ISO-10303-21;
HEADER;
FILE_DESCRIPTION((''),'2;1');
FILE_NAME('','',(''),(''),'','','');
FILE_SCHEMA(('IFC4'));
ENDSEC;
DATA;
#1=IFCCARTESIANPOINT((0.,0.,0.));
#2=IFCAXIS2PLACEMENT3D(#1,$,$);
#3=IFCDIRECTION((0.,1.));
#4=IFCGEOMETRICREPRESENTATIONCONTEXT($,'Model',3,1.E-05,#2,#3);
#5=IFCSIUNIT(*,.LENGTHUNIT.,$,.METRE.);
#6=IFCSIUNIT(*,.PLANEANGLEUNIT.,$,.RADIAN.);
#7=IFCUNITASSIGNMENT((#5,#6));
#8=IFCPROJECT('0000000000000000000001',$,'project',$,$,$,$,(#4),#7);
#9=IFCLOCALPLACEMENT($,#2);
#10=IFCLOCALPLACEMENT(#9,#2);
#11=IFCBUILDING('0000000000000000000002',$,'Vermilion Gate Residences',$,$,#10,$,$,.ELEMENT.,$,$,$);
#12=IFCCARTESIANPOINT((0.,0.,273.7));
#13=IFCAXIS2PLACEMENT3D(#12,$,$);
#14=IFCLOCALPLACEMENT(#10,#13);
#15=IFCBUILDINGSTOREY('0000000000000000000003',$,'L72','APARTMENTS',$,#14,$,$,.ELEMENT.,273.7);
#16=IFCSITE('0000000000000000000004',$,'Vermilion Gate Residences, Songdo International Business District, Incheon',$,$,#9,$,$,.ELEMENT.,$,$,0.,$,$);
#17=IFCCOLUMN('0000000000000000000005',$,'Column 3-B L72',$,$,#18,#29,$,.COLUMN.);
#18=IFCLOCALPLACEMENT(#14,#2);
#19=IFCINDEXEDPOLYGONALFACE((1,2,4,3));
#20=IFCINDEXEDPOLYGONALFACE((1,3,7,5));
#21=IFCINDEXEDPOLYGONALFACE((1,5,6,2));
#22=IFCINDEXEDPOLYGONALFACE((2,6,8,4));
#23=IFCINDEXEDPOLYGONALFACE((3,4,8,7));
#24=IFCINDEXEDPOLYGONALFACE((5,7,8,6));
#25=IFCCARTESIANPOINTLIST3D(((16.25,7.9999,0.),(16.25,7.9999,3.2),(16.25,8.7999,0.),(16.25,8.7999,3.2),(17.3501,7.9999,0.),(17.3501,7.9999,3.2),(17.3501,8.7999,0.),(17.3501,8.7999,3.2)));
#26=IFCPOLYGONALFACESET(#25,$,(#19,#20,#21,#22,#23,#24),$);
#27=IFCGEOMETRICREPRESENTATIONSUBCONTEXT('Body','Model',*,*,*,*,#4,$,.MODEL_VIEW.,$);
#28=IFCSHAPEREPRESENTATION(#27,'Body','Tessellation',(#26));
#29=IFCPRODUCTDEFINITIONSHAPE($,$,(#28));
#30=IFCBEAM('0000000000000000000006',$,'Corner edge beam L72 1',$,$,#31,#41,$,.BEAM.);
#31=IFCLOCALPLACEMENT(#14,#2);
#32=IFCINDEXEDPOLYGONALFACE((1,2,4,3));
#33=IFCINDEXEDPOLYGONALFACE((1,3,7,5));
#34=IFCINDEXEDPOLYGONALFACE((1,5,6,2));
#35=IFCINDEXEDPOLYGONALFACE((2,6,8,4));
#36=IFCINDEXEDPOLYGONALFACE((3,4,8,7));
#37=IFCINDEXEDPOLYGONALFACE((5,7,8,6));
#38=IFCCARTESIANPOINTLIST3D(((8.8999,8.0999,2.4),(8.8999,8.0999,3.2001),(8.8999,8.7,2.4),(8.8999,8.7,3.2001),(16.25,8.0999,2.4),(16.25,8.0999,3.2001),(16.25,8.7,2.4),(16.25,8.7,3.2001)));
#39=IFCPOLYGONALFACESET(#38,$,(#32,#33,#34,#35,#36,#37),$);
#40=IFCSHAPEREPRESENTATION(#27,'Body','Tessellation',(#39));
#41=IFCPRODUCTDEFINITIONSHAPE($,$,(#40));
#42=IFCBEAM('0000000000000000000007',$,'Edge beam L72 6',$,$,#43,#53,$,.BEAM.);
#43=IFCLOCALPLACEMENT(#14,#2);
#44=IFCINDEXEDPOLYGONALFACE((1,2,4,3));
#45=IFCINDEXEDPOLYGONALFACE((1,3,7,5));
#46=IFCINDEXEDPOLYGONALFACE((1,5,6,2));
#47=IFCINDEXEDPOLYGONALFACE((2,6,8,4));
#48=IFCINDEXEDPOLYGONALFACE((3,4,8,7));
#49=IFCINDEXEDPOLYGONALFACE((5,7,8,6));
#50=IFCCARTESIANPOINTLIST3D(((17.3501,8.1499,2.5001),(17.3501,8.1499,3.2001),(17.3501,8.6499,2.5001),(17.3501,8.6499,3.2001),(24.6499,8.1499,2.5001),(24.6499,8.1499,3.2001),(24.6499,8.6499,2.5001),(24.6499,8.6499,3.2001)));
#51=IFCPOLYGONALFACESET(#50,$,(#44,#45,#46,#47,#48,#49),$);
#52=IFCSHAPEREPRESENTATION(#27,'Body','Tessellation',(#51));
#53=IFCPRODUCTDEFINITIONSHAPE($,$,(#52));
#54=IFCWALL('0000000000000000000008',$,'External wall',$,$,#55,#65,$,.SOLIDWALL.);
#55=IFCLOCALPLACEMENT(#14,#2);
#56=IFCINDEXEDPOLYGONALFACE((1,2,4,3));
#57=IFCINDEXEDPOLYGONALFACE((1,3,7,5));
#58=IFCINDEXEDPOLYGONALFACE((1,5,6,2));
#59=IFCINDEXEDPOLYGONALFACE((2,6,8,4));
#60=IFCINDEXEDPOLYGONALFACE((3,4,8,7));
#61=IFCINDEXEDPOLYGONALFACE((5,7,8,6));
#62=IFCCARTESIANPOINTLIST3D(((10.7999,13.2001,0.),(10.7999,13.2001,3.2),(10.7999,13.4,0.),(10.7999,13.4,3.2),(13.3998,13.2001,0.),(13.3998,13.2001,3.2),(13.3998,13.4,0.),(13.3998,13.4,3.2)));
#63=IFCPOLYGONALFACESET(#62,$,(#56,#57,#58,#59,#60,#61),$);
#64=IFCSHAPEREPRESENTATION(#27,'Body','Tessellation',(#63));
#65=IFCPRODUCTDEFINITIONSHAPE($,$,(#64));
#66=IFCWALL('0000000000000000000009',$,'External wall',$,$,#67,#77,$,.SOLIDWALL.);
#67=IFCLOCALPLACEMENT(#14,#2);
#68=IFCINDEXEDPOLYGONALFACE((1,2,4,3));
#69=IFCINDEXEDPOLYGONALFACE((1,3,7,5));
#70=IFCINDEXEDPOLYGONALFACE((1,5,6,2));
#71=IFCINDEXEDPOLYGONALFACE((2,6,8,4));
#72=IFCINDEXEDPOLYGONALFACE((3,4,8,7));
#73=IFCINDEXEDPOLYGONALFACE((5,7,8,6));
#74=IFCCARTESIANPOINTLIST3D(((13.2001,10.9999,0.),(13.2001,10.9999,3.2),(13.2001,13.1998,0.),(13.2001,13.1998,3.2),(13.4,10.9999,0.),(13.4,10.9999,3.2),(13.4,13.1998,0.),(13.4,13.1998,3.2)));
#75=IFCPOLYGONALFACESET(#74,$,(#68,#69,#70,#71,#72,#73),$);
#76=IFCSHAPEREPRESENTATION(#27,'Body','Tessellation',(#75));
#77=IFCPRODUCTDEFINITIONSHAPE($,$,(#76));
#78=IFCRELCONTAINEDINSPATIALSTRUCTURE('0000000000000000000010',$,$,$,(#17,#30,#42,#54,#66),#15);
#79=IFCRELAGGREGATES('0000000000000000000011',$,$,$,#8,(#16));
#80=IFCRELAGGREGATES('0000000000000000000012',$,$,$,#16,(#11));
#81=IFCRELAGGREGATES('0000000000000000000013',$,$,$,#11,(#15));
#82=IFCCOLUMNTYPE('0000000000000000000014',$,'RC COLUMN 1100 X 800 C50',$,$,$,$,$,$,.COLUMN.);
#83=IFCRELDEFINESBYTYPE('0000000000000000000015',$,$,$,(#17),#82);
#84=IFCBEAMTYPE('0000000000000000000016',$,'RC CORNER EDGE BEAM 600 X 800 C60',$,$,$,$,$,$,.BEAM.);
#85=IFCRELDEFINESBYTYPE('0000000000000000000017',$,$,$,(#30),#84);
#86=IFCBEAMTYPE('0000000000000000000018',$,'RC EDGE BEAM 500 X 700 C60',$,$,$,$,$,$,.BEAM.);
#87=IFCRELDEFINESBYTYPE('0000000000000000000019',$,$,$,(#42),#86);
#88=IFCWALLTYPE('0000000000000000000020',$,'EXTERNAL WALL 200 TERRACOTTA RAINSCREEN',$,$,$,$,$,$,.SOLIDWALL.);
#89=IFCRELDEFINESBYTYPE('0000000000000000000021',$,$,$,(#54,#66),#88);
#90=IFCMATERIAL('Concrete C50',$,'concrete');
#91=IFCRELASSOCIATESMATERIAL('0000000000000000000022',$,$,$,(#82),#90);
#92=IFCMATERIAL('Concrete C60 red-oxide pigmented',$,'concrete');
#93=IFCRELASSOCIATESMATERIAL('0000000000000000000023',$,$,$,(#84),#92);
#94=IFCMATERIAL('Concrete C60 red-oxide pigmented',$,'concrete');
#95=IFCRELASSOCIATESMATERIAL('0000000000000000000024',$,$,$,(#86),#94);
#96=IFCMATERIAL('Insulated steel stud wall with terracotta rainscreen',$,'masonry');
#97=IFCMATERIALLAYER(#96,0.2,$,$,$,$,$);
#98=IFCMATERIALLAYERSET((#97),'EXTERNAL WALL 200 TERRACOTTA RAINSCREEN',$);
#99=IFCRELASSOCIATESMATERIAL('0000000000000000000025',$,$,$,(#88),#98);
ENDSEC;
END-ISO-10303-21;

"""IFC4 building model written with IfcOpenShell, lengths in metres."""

from ifc_helpers import new_model, si_unit, direction, frame, frame_2d, origin, origin_2d, place, context, subcontext, project, spatial, rectangle, extrude, material, layer, layer_set, material_profile, profile_set, type_object, element, save


model = new_model("IFC4")

# Units and contexts
model_context = context("Model", 3, precision=1e-05, world=origin(), true_north=direction((0.0, 1.0)))
body_context = subcontext(model_context, "Body", "Model", "MODEL_VIEW")
ifc_project = project(units=[si_unit("LENGTHUNIT", "METRE"), si_unit("PLANEANGLEUNIT", "RADIAN")], contexts=[model_context])

# Site, building, storey
site_placement = place(None, origin())
site = spatial("IfcSite", under=ifc_project, at=site_placement, Name="Vermilion Gate Residences, Songdo International Business District, Incheon", CompositionType="ELEMENT", RefElevation=0.0)
building_placement = place(site_placement, origin())
building = spatial("IfcBuilding", under=site, at=building_placement, Name="Vermilion Gate Residences", CompositionType="ELEMENT")
storey_placement = place(building_placement, frame((0.0, 0.0, 273.7)))
storey = spatial("IfcBuildingStorey", under=building, at=storey_placement, Name="L72", Description="APARTMENTS", CompositionType="ELEMENT", Elevation=273.7)

# Column
ifc_material_1 = material(Name="Concrete C50", Category="concrete")
ifc_material_profile_1 = material_profile(ifc_material_1, rectangle(XDim=1.1001, YDim=0.8, at=origin_2d()), Name="RC-1100x800")
ifc_profile_set_1 = profile_set([ifc_material_profile_1], Name="Concrete C50")
column_type = type_object("IfcColumnType", Name="RC COLUMN 1100 X 800 C50", PredefinedType="COLUMN", material=ifc_profile_set_1)
column_placement = place(storey_placement, frame((16.8, 8.3999, 0.0), z_axis=(0.0, 0.0, 1.0), x_axis=(1.0, 0.0, 0.0)))
element("IfcColumn", 1, at=column_placement, inside=storey, type_object=column_type, Name="Column 3-B L72", PredefinedType="COLUMN", context=body_context, shape_type="SweptSolid", body=[
    extrude(rectangle(XDim=1.1001, YDim=0.8, at=origin_2d()), origin(), (0.0, 0.0, 1.0), 3.2),
])

# Beams
ifc_material_2 = material(Name="Concrete C60 red-oxide pigmented", Category="concrete")
ifc_material_profile_2 = material_profile(ifc_material_2, rectangle(XDim=0.6001, YDim=0.8, at=origin_2d()), Name="RC-600x800")
ifc_profile_set_2 = profile_set([ifc_material_profile_2], Name="Concrete C60 red-oxide pigmented")
beam_type_1 = type_object("IfcBeamType", Name="RC CORNER EDGE BEAM 600 X 800 C60", PredefinedType="BEAM", material=ifc_profile_set_2)
beam_1_placement = place(storey_placement, frame((8.8999, 8.3999, 2.8), z_axis=(1.0, 0.0, 0.0), x_axis=(0.0, 1.0, 0.0)))
element("IfcBeam", 2, at=beam_1_placement, inside=storey, type_object=beam_type_1, Name="Corner edge beam L72 1", PredefinedType="BEAM", context=body_context, shape_type="SweptSolid", body=[
    extrude(rectangle(XDim=0.6001, YDim=0.8, at=origin_2d()), origin(), (0.0, 0.0, 1.0), 7.3501),
])
ifc_material_3 = material(Name="Concrete C60 red-oxide pigmented", Category="concrete")
ifc_material_profile_3 = material_profile(ifc_material_3, rectangle(XDim=0.5, YDim=0.7, at=origin_2d()), Name="RC-500x700")
ifc_profile_set_3 = profile_set([ifc_material_profile_3], Name="Concrete C60 red-oxide pigmented")
beam_type_2 = type_object("IfcBeamType", Name="RC EDGE BEAM 500 X 700 C60", PredefinedType="BEAM", material=ifc_profile_set_3)
beam_2_placement = place(storey_placement, frame((17.3501, 8.3999, 2.8501), z_axis=(1.0, 0.0, 0.0), x_axis=(0.0, 1.0, 0.0)))
element("IfcBeam", 3, at=beam_2_placement, inside=storey, type_object=beam_type_2, Name="Edge beam L72 6", PredefinedType="BEAM", context=body_context, shape_type="SweptSolid", body=[
    extrude(rectangle(XDim=0.5, YDim=0.7, at=origin_2d()), origin(), (0.0, 0.0, 1.0), 7.2998),
])

# Walls
ifc_material_4 = material(Name="Insulated steel stud wall with terracotta rainscreen", Category="masonry")
ifc_layer_1 = layer(ifc_material_4, 0.2)
ifc_layer_set_1 = layer_set([ifc_layer_1], Name="EXTERNAL WALL 200 TERRACOTTA RAINSCREEN")
wall_type_1 = type_object("IfcWallType", Name="EXTERNAL WALL 200 TERRACOTTA RAINSCREEN", PredefinedType="SOLIDWALL", material=ifc_layer_set_1)
wall_1_placement = place(storey_placement, frame((10.8, 13.3, 0.0), z_axis=(0.0, 0.0, 1.0), x_axis=(1.0, 0.0, 0.0)))
element("IfcWall", 4, at=wall_1_placement, inside=storey, type_object=wall_type_1, Name="External wall", PredefinedType="SOLIDWALL", context=body_context, shape_type="SweptSolid", body=[
    extrude(rectangle(XDim=2.5999, YDim=0.2, at=frame_2d((1.2998, 0.0))), origin(), (0.0, 0.0, 1.0), 3.2),
])
wall_2_placement = place(storey_placement, frame((13.3, 13.2, 0.0), z_axis=(0.0, 0.0, 1.0), x_axis=(0.0, -1.0, 0.0)))
element("IfcWall", 5, at=wall_2_placement, inside=storey, type_object=wall_type_1, Name="External wall", PredefinedType="SOLIDWALL", context=body_context, shape_type="SweptSolid", body=[
    extrude(rectangle(XDim=2.2, YDim=0.2, at=frame_2d((1.1001, 0.0))), origin(), (0.0, 0.0, 1.0), 3.2),
])

save(model, "model.ifc")
